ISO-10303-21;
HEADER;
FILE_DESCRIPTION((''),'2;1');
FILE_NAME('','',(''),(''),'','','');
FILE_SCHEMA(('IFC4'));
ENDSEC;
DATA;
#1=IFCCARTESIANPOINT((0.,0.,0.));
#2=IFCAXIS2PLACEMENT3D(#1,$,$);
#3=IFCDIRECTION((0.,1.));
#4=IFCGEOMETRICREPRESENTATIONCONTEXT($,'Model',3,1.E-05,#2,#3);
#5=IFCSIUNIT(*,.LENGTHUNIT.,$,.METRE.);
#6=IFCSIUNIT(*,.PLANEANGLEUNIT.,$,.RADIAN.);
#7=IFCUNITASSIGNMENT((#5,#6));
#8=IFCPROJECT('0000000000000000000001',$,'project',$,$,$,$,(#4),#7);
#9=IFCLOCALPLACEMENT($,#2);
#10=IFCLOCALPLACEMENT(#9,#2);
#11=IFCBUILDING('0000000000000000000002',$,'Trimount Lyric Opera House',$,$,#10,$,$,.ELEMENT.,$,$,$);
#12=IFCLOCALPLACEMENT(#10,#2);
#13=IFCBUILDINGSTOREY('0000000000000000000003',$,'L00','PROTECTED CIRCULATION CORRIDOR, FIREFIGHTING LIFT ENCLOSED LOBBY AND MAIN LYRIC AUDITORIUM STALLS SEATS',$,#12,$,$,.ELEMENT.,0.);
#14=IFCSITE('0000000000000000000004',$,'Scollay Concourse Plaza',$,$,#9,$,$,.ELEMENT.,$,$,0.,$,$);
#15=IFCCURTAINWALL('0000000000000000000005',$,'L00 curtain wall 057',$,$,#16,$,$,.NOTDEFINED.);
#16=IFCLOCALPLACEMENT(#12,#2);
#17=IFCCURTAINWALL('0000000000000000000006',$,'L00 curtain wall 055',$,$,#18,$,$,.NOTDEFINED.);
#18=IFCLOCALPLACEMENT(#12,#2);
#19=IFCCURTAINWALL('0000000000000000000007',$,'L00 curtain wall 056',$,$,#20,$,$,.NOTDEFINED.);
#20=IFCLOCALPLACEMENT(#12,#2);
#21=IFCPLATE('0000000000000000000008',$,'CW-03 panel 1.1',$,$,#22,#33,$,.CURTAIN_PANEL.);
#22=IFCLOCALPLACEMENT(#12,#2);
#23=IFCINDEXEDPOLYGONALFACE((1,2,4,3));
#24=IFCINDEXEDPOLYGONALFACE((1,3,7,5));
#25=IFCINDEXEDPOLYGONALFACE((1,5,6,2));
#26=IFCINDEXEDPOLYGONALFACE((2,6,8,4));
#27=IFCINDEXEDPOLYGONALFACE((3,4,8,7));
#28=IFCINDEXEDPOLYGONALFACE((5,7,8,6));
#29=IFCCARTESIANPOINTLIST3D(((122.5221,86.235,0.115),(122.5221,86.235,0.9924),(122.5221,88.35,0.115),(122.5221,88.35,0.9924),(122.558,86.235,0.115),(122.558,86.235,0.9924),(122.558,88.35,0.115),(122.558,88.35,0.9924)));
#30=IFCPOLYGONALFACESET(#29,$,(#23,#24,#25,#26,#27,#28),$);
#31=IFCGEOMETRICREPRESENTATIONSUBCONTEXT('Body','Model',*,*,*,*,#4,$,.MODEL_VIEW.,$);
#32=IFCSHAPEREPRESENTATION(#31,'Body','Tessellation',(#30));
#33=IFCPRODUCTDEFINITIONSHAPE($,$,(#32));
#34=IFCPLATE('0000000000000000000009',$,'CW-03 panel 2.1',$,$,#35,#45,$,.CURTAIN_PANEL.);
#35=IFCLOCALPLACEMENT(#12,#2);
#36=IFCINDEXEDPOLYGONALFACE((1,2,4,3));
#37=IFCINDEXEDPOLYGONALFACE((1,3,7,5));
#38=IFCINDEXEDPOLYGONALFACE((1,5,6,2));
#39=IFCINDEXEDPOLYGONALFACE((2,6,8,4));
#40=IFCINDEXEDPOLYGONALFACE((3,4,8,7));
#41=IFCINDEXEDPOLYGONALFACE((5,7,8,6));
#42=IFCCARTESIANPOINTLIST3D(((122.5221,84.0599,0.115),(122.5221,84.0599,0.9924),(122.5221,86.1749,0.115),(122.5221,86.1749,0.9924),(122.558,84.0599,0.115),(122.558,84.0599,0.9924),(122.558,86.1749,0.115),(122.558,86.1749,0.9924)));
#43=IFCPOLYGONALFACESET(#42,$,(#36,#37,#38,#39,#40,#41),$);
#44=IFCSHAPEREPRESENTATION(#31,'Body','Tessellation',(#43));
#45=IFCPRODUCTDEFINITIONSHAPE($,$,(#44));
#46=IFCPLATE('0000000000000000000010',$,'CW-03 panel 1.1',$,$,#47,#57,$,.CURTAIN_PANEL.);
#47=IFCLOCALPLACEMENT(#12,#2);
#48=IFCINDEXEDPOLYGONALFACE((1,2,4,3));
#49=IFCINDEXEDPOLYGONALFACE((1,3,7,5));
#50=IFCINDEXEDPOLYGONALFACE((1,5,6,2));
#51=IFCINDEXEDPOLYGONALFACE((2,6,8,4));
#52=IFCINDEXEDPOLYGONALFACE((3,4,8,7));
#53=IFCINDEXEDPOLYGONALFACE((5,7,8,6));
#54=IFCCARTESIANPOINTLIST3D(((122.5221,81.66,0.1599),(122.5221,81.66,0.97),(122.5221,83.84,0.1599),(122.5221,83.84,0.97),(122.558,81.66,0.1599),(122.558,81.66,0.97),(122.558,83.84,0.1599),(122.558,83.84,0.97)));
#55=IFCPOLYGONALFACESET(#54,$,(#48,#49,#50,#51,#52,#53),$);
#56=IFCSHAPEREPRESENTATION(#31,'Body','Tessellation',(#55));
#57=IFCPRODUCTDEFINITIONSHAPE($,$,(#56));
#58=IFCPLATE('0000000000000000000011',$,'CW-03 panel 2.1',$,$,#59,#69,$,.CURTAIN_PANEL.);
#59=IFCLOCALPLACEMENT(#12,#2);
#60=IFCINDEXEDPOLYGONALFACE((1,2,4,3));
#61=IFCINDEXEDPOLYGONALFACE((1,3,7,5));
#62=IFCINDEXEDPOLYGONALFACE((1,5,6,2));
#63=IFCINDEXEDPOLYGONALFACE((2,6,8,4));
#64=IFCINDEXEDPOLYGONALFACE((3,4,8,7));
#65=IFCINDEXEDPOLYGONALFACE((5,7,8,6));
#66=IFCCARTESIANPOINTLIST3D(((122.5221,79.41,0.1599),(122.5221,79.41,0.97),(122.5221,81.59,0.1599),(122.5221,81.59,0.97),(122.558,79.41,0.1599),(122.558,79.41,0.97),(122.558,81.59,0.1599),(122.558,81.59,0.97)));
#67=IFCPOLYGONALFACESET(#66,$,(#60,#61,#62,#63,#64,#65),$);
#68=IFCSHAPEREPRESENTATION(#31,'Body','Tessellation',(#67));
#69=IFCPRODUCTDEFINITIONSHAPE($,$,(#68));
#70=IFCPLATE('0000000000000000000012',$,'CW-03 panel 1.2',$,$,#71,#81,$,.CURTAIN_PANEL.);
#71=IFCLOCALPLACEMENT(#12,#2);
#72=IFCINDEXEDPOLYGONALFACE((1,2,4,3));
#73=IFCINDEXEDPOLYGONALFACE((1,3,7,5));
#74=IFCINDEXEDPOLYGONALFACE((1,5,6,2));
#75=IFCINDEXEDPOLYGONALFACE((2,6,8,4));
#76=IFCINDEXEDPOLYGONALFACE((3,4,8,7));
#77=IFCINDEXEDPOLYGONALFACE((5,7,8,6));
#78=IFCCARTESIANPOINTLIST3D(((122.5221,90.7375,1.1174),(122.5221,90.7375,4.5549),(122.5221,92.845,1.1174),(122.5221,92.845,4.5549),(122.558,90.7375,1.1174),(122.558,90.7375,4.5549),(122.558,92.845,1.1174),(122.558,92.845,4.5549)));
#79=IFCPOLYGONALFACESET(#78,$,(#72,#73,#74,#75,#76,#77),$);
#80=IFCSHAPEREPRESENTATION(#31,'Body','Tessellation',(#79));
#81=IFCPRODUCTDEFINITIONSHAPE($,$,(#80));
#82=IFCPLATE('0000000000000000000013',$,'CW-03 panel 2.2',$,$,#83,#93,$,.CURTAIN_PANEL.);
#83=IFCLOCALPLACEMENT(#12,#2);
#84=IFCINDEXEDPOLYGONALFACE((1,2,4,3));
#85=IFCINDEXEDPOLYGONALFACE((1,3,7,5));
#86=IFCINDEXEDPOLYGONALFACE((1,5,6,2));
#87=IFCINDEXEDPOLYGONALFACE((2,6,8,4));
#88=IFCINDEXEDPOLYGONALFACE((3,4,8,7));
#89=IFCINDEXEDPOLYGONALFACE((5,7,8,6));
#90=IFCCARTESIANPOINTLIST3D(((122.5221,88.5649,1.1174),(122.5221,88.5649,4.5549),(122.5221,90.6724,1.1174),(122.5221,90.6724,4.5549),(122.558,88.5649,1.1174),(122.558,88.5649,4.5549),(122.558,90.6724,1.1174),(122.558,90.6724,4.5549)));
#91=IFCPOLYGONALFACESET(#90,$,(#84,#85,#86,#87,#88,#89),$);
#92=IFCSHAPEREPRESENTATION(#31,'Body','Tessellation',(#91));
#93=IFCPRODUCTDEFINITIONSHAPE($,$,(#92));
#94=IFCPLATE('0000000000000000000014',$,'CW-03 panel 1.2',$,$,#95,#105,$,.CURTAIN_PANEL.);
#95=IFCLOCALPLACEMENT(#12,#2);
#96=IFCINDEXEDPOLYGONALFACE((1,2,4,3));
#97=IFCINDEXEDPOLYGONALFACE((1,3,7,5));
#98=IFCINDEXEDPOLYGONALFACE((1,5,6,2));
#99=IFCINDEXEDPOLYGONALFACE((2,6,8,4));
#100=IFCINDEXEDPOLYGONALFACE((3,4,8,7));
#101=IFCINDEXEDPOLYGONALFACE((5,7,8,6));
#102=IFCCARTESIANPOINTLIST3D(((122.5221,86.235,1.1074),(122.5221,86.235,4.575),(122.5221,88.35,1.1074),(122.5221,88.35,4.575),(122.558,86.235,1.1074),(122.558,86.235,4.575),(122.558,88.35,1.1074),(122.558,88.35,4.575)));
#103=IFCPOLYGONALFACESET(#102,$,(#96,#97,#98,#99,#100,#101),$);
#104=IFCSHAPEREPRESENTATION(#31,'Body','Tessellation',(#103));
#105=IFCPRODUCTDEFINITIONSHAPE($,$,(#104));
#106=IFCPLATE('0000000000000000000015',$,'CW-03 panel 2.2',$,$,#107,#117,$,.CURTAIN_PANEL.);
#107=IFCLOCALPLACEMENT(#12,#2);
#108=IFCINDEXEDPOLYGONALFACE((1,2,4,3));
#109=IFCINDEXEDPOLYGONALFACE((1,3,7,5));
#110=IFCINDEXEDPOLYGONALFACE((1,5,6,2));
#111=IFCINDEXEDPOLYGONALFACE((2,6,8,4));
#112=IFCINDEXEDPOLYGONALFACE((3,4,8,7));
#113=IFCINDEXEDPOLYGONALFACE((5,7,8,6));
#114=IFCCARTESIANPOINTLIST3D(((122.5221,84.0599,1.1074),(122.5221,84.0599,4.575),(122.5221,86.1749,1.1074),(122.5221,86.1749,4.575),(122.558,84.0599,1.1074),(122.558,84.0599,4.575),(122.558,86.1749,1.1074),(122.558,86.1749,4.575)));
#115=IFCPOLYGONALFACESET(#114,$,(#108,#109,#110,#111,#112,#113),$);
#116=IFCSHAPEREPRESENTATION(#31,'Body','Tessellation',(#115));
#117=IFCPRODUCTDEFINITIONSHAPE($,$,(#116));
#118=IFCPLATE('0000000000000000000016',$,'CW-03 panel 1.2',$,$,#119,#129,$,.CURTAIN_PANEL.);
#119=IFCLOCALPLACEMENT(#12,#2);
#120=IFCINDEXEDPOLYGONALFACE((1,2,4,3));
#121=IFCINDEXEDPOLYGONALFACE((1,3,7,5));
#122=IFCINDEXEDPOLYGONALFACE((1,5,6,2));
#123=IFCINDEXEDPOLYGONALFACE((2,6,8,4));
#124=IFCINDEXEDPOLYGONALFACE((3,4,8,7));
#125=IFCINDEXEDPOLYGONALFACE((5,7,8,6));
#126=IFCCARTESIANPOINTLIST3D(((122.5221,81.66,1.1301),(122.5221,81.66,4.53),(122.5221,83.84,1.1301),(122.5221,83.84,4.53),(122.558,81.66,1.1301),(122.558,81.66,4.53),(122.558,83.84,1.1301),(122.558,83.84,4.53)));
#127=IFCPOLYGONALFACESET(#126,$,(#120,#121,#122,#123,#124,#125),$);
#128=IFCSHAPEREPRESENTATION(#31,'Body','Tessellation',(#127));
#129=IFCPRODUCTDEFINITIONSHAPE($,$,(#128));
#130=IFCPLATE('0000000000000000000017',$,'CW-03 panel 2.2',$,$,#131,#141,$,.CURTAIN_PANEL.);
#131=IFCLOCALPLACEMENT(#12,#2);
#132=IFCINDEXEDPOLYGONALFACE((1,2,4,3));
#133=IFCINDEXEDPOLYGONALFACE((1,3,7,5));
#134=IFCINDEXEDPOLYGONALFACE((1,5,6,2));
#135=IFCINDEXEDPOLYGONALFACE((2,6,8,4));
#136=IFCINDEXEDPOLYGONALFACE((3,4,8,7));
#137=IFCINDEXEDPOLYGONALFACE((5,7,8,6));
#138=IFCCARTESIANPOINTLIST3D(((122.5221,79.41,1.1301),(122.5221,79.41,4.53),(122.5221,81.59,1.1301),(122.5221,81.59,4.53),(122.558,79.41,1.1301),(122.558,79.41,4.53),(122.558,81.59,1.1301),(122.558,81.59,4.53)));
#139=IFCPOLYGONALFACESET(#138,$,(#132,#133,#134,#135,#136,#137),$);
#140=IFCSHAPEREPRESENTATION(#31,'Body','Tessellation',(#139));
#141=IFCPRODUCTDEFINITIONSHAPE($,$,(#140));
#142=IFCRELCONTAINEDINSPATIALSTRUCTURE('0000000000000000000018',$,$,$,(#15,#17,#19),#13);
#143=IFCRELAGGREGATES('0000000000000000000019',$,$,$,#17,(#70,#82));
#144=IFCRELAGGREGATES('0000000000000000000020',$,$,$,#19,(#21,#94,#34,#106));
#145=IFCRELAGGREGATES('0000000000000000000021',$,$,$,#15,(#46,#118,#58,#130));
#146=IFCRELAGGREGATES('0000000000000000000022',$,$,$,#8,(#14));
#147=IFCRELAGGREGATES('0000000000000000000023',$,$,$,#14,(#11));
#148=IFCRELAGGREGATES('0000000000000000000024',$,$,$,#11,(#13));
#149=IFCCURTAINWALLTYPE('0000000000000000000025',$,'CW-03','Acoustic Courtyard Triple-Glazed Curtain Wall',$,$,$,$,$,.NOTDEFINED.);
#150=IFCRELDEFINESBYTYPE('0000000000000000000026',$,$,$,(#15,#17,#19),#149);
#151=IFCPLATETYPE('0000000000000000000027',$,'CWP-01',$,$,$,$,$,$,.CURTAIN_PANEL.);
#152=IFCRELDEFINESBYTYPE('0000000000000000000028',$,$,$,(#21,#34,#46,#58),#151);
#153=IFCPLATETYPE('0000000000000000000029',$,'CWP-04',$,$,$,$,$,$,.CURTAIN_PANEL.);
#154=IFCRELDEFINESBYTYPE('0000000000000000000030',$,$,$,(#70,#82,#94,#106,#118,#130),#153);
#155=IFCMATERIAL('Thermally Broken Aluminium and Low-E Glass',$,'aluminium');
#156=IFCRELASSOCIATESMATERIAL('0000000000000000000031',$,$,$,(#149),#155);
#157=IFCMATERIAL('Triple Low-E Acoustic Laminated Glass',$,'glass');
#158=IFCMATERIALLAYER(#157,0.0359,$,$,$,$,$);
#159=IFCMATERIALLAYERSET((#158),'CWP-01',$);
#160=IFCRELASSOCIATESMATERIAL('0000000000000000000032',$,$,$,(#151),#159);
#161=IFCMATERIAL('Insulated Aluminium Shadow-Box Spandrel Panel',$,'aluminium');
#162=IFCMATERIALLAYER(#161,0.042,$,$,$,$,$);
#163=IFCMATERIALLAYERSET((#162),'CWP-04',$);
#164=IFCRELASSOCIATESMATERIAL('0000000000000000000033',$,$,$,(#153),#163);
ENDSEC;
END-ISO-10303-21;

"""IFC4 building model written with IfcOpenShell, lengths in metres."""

from ifc_helpers import new_model, si_unit, direction, frame, origin, origin_2d, place, context, subcontext, project, spatial, rectangle, extrude, material, layer, layer_set, type_object, element, aggregate, save


model = new_model("IFC4")

# Units and contexts
model_context = context("Model", 3, precision=1e-05, world=origin(), true_north=direction((0.0, 1.0)))
body_context = subcontext(model_context, "Body", "Model", "MODEL_VIEW")
ifc_project = project(units=[si_unit("LENGTHUNIT", "METRE"), si_unit("PLANEANGLEUNIT", "RADIAN")], contexts=[model_context])

# Site, building, storey
site_placement = place(None, origin())
site = spatial("IfcSite", under=ifc_project, at=site_placement, Name="Scollay Concourse Plaza", CompositionType="ELEMENT", RefElevation=0.0)
building_placement = place(site_placement, origin())
building = spatial("IfcBuilding", under=site, at=building_placement, Name="Trimount Lyric Opera House", CompositionType="ELEMENT")
storey_placement = place(building_placement, origin())
storey = spatial("IfcBuildingStorey", under=building, at=storey_placement, Name="L00", Description="PROTECTED CIRCULATION CORRIDOR, FIREFIGHTING LIFT ENCLOSED LOBBY AND MAIN LYRIC AUDITORIUM STALLS SEATS", CompositionType="ELEMENT", Elevation=0.0)

# Curtain walls
ifc_material_1 = material(Name="Thermally Broken Aluminium and Low-E Glass", Category="aluminium")
curtain_wall_type = type_object("IfcCurtainWallType", Name="CW-03", Description="Acoustic Courtyard Triple-Glazed Curtain Wall", PredefinedType="NOTDEFINED", material=ifc_material_1)
curtain_wall_1_placement = place(storey_placement, origin())
curtain_wall_1 = element("IfcCurtainWall", 1, at=curtain_wall_1_placement, inside=storey, type_object=curtain_wall_type, Name="L00 curtain wall 057", PredefinedType="NOTDEFINED")
curtain_wall_2_placement = place(storey_placement, origin())
curtain_wall_2 = element("IfcCurtainWall", 2, at=curtain_wall_2_placement, inside=storey, type_object=curtain_wall_type, Name="L00 curtain wall 055", PredefinedType="NOTDEFINED")
curtain_wall_3_placement = place(storey_placement, origin())
curtain_wall_3 = element("IfcCurtainWall", 3, at=curtain_wall_3_placement, inside=storey, type_object=curtain_wall_type, Name="L00 curtain wall 056", PredefinedType="NOTDEFINED")

# Plates
ifc_material_2 = material(Name="Triple Low-E Acoustic Laminated Glass", Category="glass")
ifc_layer_1 = layer(ifc_material_2, 0.0359)
ifc_layer_set_1 = layer_set([ifc_layer_1], Name="CWP-01")
plate_type_1 = type_object("IfcPlateType", Name="CWP-01", PredefinedType="CURTAIN_PANEL", material=ifc_layer_set_1)
plate_1_placement = place(storey_placement, frame((122.54, 87.2925, 0.115), z_axis=(0.0, 0.0, 1.0), x_axis=(0.0, -1.0, 0.0)))
plate_1 = element("IfcPlate", 4, at=plate_1_placement, type_object=plate_type_1, Name="CW-03 panel 1.1", PredefinedType="CURTAIN_PANEL", context=body_context, shape_type="SweptSolid", body=[
    extrude(rectangle(XDim=2.115, YDim=0.0359, at=origin_2d()), origin(), (0.0, 0.0, 1.0), 0.8774),
])
plate_2_placement = place(storey_placement, frame((122.54, 85.1174, 0.115), z_axis=(0.0, 0.0, 1.0), x_axis=(0.0, -1.0, 0.0)))
plate_2 = element("IfcPlate", 5, at=plate_2_placement, type_object=plate_type_1, Name="CW-03 panel 2.1", PredefinedType="CURTAIN_PANEL", context=body_context, shape_type="SweptSolid", body=[
    extrude(rectangle(XDim=2.115, YDim=0.0359, at=origin_2d()), origin(), (0.0, 0.0, 1.0), 0.8774),
])
plate_3_placement = place(storey_placement, frame((122.54, 82.75, 0.1599), z_axis=(0.0, 0.0, 1.0), x_axis=(0.0, -1.0, 0.0)))
plate_3 = element("IfcPlate", 6, at=plate_3_placement, type_object=plate_type_1, Name="CW-03 panel 1.1", PredefinedType="CURTAIN_PANEL", context=body_context, shape_type="SweptSolid", body=[
    extrude(rectangle(XDim=2.1799, YDim=0.0359, at=origin_2d()), origin(), (0.0, 0.0, 1.0), 0.8101),
])
plate_4_placement = place(storey_placement, frame((122.54, 80.5, 0.1599), z_axis=(0.0, 0.0, 1.0), x_axis=(0.0, -1.0, 0.0)))
plate_4 = element("IfcPlate", 7, at=plate_4_placement, type_object=plate_type_1, Name="CW-03 panel 2.1", PredefinedType="CURTAIN_PANEL", context=body_context, shape_type="SweptSolid", body=[
    extrude(rectangle(XDim=2.1799, YDim=0.0359, at=origin_2d()), origin(), (0.0, 0.0, 1.0), 0.8101),
])
ifc_material_3 = material(Name="Insulated Aluminium Shadow-Box Spandrel Panel", Category="aluminium")
ifc_layer_2 = layer(ifc_material_3, 0.042)
ifc_layer_set_2 = layer_set([ifc_layer_2], Name="CWP-04")
plate_type_2 = type_object("IfcPlateType", Name="CWP-04", PredefinedType="CURTAIN_PANEL", material=ifc_layer_set_2)
plate_5_placement = place(storey_placement, frame((122.54, 91.7913, 1.1174), z_axis=(0.0, 0.0, 1.0), x_axis=(0.0, -1.0, 0.0)))
plate_5 = element("IfcPlate", 8, at=plate_5_placement, type_object=plate_type_2, Name="CW-03 panel 1.2", PredefinedType="CURTAIN_PANEL", context=body_context, shape_type="SweptSolid", body=[
    extrude(rectangle(XDim=2.1074, YDim=0.0359, at=origin_2d()), origin(), (0.0, 0.0, 1.0), 3.4375),
])
plate_6_placement = place(storey_placement, frame((122.54, 89.6187, 1.1174), z_axis=(0.0, 0.0, 1.0), x_axis=(0.0, -1.0, 0.0)))
plate_6 = element("IfcPlate", 9, at=plate_6_placement, type_object=plate_type_2, Name="CW-03 panel 2.2", PredefinedType="CURTAIN_PANEL", context=body_context, shape_type="SweptSolid", body=[
    extrude(rectangle(XDim=2.1074, YDim=0.0359, at=origin_2d()), origin(), (0.0, 0.0, 1.0), 3.4375),
])
aggregate(curtain_wall_2, [plate_5, plate_6])
plate_7_placement = place(storey_placement, frame((122.54, 87.2925, 1.1074), z_axis=(0.0, 0.0, 1.0), x_axis=(0.0, -1.0, 0.0)))
plate_7 = element("IfcPlate", 10, at=plate_7_placement, type_object=plate_type_2, Name="CW-03 panel 1.2", PredefinedType="CURTAIN_PANEL", context=body_context, shape_type="SweptSolid", body=[
    extrude(rectangle(XDim=2.115, YDim=0.0359, at=origin_2d()), origin(), (0.0, 0.0, 1.0), 3.4675),
])
plate_8_placement = place(storey_placement, frame((122.54, 85.1174, 1.1074), z_axis=(0.0, 0.0, 1.0), x_axis=(0.0, -1.0, 0.0)))
plate_8 = element("IfcPlate", 11, at=plate_8_placement, type_object=plate_type_2, Name="CW-03 panel 2.2", PredefinedType="CURTAIN_PANEL", context=body_context, shape_type="SweptSolid", body=[
    extrude(rectangle(XDim=2.115, YDim=0.0359, at=origin_2d()), origin(), (0.0, 0.0, 1.0), 3.4675),
])
aggregate(curtain_wall_3, [plate_1, plate_7, plate_2, plate_8])
plate_9_placement = place(storey_placement, frame((122.54, 82.75, 1.1301), z_axis=(0.0, 0.0, 1.0), x_axis=(0.0, -1.0, 0.0)))
plate_9 = element("IfcPlate", 12, at=plate_9_placement, type_object=plate_type_2, Name="CW-03 panel 1.2", PredefinedType="CURTAIN_PANEL", context=body_context, shape_type="SweptSolid", body=[
    extrude(rectangle(XDim=2.1799, YDim=0.0359, at=origin_2d()), origin(), (0.0, 0.0, 1.0), 3.3999),
])
plate_10_placement = place(storey_placement, frame((122.54, 80.5, 1.1301), z_axis=(0.0, 0.0, 1.0), x_axis=(0.0, -1.0, 0.0)))
plate_10 = element("IfcPlate", 13, at=plate_10_placement, type_object=plate_type_2, Name="CW-03 panel 2.2", PredefinedType="CURTAIN_PANEL", context=body_context, shape_type="SweptSolid", body=[
    extrude(rectangle(XDim=2.1799, YDim=0.0359, at=origin_2d()), origin(), (0.0, 0.0, 1.0), 3.3999),
])
aggregate(curtain_wall_1, [plate_3, plate_9, plate_4, plate_10])

save(model, "model.ifc")
